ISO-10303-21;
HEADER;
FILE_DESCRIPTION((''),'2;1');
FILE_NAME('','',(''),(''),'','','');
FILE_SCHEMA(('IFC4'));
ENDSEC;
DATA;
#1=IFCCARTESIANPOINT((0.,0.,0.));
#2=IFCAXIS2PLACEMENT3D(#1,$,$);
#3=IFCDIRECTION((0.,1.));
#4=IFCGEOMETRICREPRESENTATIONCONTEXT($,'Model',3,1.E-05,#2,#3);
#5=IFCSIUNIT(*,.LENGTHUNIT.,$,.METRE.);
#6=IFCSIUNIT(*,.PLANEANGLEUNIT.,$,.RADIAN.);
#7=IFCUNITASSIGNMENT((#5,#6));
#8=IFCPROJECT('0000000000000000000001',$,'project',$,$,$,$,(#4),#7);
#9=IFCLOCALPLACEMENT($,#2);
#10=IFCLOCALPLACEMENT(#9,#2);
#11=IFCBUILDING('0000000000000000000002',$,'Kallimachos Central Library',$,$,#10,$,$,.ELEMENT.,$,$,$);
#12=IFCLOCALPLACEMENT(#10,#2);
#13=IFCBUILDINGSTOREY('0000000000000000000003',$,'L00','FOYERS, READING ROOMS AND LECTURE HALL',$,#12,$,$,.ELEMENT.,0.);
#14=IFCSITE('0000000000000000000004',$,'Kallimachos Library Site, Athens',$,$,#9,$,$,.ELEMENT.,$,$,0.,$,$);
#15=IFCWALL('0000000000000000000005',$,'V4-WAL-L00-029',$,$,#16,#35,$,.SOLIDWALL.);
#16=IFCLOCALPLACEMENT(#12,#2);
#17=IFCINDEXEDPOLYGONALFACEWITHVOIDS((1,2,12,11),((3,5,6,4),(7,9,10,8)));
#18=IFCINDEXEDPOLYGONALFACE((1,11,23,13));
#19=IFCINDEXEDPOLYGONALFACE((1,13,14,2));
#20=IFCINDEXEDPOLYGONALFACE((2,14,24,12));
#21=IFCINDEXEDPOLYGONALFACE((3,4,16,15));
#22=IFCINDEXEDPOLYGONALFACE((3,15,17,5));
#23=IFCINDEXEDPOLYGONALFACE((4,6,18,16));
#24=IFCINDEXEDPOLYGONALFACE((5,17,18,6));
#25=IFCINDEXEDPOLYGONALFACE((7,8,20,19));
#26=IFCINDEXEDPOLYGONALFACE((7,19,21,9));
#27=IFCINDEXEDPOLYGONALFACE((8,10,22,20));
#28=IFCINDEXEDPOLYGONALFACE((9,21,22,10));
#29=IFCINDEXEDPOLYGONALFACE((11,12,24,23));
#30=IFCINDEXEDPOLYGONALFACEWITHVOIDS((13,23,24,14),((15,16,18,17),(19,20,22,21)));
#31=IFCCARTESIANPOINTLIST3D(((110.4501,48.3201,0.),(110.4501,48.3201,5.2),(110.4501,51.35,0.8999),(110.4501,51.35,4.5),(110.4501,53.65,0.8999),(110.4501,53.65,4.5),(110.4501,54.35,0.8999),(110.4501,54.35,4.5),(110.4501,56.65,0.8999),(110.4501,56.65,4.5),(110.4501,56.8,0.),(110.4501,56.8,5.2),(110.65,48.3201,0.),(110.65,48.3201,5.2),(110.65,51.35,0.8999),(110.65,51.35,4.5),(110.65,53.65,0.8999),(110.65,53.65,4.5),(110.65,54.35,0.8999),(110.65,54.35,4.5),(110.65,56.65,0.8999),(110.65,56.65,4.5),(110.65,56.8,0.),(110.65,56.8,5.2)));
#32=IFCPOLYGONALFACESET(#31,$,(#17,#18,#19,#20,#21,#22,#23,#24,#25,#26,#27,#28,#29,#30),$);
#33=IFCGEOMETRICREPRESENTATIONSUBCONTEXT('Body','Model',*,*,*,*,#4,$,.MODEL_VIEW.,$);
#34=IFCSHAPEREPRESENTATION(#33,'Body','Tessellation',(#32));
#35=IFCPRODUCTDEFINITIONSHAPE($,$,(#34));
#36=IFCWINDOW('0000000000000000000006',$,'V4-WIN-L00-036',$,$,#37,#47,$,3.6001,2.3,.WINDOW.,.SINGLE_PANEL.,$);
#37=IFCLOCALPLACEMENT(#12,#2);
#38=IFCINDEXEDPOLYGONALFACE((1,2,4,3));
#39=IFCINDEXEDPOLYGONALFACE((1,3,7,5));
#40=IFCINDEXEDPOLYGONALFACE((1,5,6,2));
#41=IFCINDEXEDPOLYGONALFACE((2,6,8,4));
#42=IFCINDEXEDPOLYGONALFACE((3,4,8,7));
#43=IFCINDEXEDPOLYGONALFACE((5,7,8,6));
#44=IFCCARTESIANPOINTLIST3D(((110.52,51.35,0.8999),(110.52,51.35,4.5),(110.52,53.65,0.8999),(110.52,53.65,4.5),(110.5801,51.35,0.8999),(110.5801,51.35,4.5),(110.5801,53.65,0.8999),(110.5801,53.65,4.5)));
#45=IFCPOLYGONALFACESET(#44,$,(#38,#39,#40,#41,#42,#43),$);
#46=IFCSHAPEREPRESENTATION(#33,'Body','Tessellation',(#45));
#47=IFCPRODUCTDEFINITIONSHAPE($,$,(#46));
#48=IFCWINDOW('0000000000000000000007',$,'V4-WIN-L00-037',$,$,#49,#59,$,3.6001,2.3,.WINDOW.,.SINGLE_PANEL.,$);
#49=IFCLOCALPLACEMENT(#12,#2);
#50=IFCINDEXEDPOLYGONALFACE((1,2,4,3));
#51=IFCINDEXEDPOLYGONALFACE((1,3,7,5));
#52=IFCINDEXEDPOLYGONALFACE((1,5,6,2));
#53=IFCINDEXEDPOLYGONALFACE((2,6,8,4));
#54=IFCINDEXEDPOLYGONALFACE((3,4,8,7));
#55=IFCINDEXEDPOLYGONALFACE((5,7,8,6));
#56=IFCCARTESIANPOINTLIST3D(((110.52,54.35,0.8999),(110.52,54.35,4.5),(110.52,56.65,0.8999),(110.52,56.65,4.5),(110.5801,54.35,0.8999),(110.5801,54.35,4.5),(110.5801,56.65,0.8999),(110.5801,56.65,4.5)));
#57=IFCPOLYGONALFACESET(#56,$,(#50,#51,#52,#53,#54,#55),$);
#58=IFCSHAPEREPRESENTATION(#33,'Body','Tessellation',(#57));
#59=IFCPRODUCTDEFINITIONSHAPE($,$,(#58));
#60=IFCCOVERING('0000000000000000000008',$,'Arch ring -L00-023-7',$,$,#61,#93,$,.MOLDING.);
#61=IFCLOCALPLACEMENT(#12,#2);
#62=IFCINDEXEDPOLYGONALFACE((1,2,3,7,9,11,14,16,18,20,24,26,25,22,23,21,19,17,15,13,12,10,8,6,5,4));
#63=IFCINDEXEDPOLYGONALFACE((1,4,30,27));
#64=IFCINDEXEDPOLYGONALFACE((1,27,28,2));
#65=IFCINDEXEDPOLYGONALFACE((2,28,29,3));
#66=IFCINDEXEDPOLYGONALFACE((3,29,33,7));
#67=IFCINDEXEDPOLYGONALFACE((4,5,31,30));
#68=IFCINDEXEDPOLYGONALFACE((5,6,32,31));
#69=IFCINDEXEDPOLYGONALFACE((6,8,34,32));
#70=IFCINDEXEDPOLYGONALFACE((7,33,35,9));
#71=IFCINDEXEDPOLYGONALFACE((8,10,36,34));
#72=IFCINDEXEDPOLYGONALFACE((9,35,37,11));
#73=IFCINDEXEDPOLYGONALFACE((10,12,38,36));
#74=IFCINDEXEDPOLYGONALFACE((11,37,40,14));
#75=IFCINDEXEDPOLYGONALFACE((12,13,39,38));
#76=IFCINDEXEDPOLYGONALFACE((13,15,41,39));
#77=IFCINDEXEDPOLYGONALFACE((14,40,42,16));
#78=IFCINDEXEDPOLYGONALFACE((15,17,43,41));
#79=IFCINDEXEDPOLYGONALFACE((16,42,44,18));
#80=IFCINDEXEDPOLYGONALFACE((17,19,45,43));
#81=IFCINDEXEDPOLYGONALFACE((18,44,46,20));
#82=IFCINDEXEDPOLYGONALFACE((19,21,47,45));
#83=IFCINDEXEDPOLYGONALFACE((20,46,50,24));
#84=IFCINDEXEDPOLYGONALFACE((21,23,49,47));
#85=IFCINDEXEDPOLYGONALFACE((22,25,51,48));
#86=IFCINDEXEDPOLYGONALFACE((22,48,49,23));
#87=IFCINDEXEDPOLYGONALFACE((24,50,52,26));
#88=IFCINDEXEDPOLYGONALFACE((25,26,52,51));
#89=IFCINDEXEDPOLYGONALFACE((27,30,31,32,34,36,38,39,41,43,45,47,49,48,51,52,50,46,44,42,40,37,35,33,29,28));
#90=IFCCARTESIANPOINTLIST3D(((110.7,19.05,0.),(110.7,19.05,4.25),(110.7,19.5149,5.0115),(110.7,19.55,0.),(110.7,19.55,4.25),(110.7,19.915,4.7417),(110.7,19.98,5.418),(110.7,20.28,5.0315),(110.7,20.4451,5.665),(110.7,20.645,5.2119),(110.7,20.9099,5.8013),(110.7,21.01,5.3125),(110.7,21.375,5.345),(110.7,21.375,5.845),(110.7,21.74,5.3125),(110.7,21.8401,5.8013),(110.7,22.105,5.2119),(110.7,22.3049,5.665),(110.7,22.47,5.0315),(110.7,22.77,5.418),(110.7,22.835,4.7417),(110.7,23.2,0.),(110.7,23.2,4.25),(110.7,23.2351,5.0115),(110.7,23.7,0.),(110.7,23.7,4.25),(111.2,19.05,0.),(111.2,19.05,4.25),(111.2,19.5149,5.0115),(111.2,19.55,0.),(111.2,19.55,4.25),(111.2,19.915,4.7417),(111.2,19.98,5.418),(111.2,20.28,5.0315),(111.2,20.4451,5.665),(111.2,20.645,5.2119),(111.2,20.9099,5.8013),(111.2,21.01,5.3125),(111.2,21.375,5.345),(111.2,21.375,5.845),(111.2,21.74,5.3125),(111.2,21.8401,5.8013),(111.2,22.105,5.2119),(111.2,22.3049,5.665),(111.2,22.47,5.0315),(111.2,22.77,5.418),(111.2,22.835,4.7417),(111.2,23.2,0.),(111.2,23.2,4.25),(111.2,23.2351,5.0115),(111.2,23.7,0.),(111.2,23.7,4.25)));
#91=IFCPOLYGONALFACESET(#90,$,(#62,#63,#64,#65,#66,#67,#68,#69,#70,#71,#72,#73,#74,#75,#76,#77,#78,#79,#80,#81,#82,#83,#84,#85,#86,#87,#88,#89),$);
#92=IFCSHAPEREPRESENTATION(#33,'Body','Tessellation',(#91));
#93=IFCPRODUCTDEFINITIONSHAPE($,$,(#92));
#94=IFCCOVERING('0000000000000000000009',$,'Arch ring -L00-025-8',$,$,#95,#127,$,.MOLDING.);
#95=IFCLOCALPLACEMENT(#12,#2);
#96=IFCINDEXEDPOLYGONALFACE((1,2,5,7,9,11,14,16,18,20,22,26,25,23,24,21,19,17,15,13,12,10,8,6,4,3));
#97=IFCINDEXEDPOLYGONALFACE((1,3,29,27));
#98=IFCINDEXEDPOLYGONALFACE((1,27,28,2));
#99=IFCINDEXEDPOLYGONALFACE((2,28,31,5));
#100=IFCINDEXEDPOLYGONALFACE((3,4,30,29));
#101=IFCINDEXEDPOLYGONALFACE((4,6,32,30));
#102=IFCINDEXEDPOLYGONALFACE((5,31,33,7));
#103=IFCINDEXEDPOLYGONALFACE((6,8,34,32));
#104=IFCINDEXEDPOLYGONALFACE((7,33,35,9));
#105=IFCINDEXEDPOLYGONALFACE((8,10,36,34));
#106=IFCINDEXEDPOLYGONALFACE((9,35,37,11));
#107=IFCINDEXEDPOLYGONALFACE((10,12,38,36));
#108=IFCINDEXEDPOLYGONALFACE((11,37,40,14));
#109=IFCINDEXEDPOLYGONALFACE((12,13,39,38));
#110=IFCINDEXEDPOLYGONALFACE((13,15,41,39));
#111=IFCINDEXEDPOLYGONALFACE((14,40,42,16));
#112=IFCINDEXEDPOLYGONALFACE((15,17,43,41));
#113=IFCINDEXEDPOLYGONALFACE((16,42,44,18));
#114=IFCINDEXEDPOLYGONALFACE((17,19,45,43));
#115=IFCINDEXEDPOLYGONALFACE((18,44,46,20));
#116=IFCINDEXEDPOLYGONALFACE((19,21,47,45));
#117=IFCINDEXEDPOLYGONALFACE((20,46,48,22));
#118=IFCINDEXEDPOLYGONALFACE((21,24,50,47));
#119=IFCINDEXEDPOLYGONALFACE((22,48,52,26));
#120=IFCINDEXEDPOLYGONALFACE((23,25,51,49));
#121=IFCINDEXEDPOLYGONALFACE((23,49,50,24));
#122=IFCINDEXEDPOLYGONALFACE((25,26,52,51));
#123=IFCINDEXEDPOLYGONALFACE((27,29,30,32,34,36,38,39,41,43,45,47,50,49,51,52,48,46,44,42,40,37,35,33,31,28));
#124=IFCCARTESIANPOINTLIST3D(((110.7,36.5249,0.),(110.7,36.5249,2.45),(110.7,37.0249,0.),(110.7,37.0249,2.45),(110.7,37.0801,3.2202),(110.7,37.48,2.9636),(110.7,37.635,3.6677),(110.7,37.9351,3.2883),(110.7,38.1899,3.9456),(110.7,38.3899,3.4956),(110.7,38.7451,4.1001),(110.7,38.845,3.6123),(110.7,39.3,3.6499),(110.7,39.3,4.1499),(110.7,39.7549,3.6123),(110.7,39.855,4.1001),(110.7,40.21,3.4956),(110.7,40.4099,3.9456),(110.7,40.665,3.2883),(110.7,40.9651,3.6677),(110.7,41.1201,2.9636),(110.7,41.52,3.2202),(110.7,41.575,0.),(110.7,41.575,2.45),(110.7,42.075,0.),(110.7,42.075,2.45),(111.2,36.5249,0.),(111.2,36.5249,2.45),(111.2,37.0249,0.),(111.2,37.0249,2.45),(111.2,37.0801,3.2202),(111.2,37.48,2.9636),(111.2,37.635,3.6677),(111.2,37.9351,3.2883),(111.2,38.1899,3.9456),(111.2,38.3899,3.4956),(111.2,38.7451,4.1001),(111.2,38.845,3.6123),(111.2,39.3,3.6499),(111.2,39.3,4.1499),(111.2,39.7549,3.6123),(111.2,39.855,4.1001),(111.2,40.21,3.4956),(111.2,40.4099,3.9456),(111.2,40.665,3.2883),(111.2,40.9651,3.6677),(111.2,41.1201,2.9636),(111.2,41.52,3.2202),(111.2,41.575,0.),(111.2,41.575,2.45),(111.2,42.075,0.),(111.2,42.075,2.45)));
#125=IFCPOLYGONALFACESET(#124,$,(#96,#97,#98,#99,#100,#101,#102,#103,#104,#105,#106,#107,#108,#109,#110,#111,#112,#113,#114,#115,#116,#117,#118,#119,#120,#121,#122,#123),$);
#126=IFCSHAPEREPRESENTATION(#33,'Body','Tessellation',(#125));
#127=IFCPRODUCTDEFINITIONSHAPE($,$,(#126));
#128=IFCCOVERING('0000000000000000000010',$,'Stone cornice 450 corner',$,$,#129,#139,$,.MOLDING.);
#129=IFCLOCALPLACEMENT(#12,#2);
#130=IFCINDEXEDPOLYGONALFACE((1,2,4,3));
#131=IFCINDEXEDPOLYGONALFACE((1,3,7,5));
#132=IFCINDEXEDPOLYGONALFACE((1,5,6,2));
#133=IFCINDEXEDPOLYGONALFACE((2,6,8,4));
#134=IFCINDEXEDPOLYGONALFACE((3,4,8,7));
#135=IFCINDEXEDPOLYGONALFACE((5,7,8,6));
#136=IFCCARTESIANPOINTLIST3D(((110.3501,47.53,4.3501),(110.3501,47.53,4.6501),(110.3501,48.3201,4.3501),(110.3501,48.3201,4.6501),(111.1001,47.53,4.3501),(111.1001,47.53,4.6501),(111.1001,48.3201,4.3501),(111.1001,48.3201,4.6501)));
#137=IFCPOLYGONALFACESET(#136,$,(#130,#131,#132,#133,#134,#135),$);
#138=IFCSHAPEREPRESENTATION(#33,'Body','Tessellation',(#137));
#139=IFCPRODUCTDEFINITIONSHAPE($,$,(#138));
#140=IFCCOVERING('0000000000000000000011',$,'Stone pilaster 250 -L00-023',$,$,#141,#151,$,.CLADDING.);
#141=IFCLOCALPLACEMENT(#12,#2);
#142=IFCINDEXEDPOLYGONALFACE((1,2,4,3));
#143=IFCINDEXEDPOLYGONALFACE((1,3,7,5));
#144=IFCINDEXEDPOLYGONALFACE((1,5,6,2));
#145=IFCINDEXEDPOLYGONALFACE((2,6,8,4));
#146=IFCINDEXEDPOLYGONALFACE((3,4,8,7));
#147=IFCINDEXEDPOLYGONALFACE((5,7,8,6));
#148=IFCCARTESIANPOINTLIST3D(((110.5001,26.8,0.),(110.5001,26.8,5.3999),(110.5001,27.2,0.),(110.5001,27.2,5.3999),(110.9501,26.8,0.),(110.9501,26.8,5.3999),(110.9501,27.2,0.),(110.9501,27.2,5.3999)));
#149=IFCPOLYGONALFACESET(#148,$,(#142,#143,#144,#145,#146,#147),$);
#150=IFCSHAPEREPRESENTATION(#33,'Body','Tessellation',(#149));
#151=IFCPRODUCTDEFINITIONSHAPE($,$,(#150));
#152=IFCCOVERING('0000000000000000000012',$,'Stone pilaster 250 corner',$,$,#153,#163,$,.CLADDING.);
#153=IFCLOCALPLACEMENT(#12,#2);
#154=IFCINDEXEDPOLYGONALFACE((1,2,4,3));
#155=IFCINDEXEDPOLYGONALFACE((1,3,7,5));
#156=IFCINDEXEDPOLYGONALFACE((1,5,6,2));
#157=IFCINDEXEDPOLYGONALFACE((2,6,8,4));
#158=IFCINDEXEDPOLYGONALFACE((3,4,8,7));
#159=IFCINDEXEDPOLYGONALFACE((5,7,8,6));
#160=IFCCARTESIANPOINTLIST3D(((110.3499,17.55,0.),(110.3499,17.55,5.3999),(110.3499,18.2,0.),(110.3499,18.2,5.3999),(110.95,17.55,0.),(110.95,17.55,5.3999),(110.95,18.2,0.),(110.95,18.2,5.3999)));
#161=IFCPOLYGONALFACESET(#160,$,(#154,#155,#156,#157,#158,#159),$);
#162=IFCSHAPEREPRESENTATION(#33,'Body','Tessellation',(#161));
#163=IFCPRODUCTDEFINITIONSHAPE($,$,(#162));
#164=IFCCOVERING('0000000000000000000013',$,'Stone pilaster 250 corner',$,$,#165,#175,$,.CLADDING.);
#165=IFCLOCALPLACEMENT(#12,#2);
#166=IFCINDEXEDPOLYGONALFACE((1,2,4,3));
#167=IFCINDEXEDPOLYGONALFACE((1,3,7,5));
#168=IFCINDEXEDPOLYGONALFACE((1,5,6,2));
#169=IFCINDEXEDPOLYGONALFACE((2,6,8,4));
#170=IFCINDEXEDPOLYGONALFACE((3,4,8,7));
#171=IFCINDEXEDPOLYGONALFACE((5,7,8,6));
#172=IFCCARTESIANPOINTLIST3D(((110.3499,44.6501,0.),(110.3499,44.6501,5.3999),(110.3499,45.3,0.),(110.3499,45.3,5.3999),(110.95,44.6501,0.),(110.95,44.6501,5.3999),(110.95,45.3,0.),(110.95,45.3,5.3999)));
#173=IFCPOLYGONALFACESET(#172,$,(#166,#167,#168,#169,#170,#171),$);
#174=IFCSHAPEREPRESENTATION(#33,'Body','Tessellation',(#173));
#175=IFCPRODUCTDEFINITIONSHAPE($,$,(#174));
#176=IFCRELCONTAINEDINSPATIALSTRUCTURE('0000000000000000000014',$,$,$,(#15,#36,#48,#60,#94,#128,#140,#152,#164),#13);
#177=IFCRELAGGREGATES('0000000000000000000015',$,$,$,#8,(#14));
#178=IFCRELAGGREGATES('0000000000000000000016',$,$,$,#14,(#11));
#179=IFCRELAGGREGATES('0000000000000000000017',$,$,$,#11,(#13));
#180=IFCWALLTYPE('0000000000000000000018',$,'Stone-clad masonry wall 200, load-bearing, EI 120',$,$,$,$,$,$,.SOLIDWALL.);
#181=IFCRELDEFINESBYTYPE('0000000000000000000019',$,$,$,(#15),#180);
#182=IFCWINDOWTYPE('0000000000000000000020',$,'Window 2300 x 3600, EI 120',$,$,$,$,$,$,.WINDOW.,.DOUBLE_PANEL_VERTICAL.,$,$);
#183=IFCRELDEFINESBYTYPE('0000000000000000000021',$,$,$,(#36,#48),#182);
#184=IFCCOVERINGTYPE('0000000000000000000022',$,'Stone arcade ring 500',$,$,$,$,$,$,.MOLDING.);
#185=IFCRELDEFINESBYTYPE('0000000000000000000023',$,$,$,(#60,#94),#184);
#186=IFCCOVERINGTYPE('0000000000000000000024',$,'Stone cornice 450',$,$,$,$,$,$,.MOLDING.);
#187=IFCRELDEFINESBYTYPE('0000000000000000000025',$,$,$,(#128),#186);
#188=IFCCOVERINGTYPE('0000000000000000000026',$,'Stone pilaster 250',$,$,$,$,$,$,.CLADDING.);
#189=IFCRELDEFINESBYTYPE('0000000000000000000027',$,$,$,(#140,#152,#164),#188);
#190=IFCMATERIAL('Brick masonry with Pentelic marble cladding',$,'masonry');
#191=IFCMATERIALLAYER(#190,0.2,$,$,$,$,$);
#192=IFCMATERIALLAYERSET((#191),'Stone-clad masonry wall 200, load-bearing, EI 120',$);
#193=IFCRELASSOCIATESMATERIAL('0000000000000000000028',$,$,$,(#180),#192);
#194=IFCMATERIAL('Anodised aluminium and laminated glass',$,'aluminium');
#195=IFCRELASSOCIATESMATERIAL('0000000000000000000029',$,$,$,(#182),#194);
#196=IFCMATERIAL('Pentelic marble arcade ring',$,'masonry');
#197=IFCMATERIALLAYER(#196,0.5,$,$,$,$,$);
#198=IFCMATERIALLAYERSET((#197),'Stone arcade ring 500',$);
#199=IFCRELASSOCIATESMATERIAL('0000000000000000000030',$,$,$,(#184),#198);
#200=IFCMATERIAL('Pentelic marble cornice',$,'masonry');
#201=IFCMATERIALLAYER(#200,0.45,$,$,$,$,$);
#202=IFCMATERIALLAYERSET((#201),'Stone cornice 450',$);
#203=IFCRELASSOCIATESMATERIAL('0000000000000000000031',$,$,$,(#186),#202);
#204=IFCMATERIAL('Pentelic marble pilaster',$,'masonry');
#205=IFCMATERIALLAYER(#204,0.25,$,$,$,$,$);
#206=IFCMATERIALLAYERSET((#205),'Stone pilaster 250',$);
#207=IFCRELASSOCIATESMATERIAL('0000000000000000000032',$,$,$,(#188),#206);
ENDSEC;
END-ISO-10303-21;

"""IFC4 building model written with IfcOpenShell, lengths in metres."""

from ifc_helpers import new_model, si_unit, direction, frame, frame_2d, origin, origin_2d, place, context, subcontext, project, spatial, polyline, rectangle, outline, extrude, material, layer, layer_set, type_object, element, fill, save


model = new_model("IFC4")

# Units and contexts
model_context = context("Model", 3, precision=1e-05, world=origin(), true_north=direction((0.0, 1.0)))
body_context = subcontext(model_context, "Body", "Model", "MODEL_VIEW")
ifc_project = project(units=[si_unit("LENGTHUNIT", "METRE"), si_unit("PLANEANGLEUNIT", "RADIAN")], contexts=[model_context])

# Site, building, storey
site_placement = place(None, origin())
site = spatial("IfcSite", under=ifc_project, at=site_placement, Name="Kallimachos Library Site, Athens", CompositionType="ELEMENT", RefElevation=0.0)
building_placement = place(site_placement, origin())
building = spatial("IfcBuilding", under=site, at=building_placement, Name="Kallimachos Central Library", CompositionType="ELEMENT")
storey_placement = place(building_placement, origin())
storey = spatial("IfcBuildingStorey", under=building, at=storey_placement, Name="L00", Description="FOYERS, READING ROOMS AND LECTURE HALL", CompositionType="ELEMENT", Elevation=0.0)

# Wall, openings, windows
ifc_material_1 = material(Name="Brick masonry with Pentelic marble cladding", Category="masonry")
ifc_layer_1 = layer(ifc_material_1, 0.2)
ifc_layer_set_1 = layer_set([ifc_layer_1], Name="Stone-clad masonry wall 200, load-bearing, EI 120")
wall_type_1 = type_object("IfcWallType", Name="Stone-clad masonry wall 200, load-bearing, EI 120", PredefinedType="SOLIDWALL", material=ifc_layer_set_1)
wall_1_placement = place(storey_placement, frame((110.55, 48.3201, 0.0), z_axis=(0.0, 0.0, 1.0), x_axis=(0.0, 1.0, 0.0)))
wall_1 = element("IfcWall", 1, at=wall_1_placement, inside=storey, type_object=wall_type_1, Name="V4-WAL-L00-029", PredefinedType="SOLIDWALL", context=body_context, shape_type="SweptSolid", body=[
    extrude(rectangle(XDim=8.48, YDim=0.2, at=frame_2d((4.24, 0.0))), origin(), (0.0, 0.0, 1.0), 5.2),
])
opening_1_placement = place(wall_1_placement, frame((3.03, 0.0, 0.8999)))
opening_1 = element("IfcOpeningElement", 2, at=opening_1_placement, cuts=wall_1, PredefinedType="OPENING", context=body_context, shape_type="SweptSolid", body=[
    extrude(rectangle(XDim=2.3, YDim=3.6001, at=frame_2d((1.1499, 1.8))), frame((0.0, 0.1099, 0.0), z_axis=(0.0, -1.0, 0.0), x_axis=(1.0, 0.0, 0.0)), (0.0, 0.0, 1.0), 0.22),
])
opening_2_placement = place(wall_1_placement, frame((6.03, 0.0, 0.8999)))
opening_2 = element("IfcOpeningElement", 3, at=opening_2_placement, cuts=wall_1, PredefinedType="OPENING", context=body_context, shape_type="SweptSolid", body=[
    extrude(rectangle(XDim=2.3, YDim=3.6001, at=frame_2d((1.1499, 1.8))), frame((0.0, 0.1099, 0.0), z_axis=(0.0, -1.0, 0.0), x_axis=(1.0, 0.0, 0.0)), (0.0, 0.0, 1.0), 0.22),
])
ifc_material_2 = material(Name="Anodised aluminium and laminated glass", Category="aluminium")
window_type = type_object("IfcWindowType", Name="Window 2300 x 3600, EI 120", PartitioningType="DOUBLE_PANEL_VERTICAL", PredefinedType="WINDOW", material=ifc_material_2)
window_1_placement = place(opening_1_placement, origin())
window_1 = element("IfcWindow", 4, at=window_1_placement, inside=storey, type_object=window_type, Name="V4-WIN-L00-036", OverallHeight=3.6001, OverallWidth=2.3, PartitioningType="SINGLE_PANEL", PredefinedType="WINDOW", context=body_context, shape_type="SweptSolid", body=[
    extrude(rectangle(XDim=2.3, YDim=3.6001, at=frame_2d((1.1499, 1.8))), frame((0.0, 0.03, 0.0), z_axis=(0.0, -1.0, 0.0), x_axis=(1.0, 0.0, 0.0)), (0.0, 0.0, 1.0), 0.0601),
])
fill(opening_1, window_1)
window_2_placement = place(opening_2_placement, origin())
window_2 = element("IfcWindow", 5, at=window_2_placement, inside=storey, type_object=window_type, Name="V4-WIN-L00-037", OverallHeight=3.6001, OverallWidth=2.3, PartitioningType="SINGLE_PANEL", PredefinedType="WINDOW", context=body_context, shape_type="SweptSolid", body=[
    extrude(rectangle(XDim=2.3, YDim=3.6001, at=frame_2d((1.1499, 1.8))), frame((0.0, 0.03, 0.0), z_axis=(0.0, -1.0, 0.0), x_axis=(1.0, 0.0, 0.0)), (0.0, 0.0, 1.0), 0.0601),
])
fill(opening_2, window_2)

# Coverings
ifc_material_3 = material(Name="Pentelic marble arcade ring", Category="masonry")
ifc_layer_2 = layer(ifc_material_3, 0.5)
ifc_layer_set_2 = layer_set([ifc_layer_2], Name="Stone arcade ring 500")
covering_type_1 = type_object("IfcCoveringType", Name="Stone arcade ring 500", PredefinedType="MOLDING", material=ifc_layer_set_2)
covering_1_placement = place(storey_placement, frame((111.2, 19.55, 0.0), z_axis=(1.0, 0.0, 0.0), x_axis=(0.0, 0.0, 1.0)))
element("IfcCovering", 6, at=covering_1_placement, inside=storey, type_object=covering_type_1, Name="Arch ring -L00-023-7", PredefinedType="MOLDING", context=body_context, shape_type="SweptSolid", body=[
    extrude(outline(polyline([(0.0, 0.0), (4.25, 0.0), (4.7417, -0.365), (5.0315, -0.73), (5.2119, -1.095), (5.3125, -1.46), (5.345, -1.825), (5.3125, -2.1899), (5.2119, -2.5549), (5.0315, -2.9199), (4.7417, -3.2849), (4.25, -3.6499), (0.0, -3.6499), (0.0, -4.1499), (4.25, -4.1499), (5.0115, -3.6851), (5.418, -3.22), (5.665, -2.7549), (5.8013, -2.29), (5.845, -1.825), (5.8013, -1.3599), (5.665, -0.895), (5.418, -0.4299), (5.0115, 0.0352), (4.25, 0.5), (0.0, 0.5), (0.0, 0.0)])), origin(), (0.0, 0.0, -1.0), 0.5),
])
covering_2_placement = place(storey_placement, frame((111.2, 37.0249, 0.0), z_axis=(1.0, 0.0, 0.0), x_axis=(0.0, 0.0, 1.0)))
element("IfcCovering", 7, at=covering_2_placement, inside=storey, type_object=covering_type_1, Name="Arch ring -L00-025-8", PredefinedType="MOLDING", context=body_context, shape_type="SweptSolid", body=[
    extrude(outline(polyline([(0.0, 0.0), (2.45, 0.0), (2.9636, -0.4551), (3.2883, -0.9102), (3.4956, -1.365), (3.6123, -1.8201), (3.6499, -2.2751), (3.6123, -2.73), (3.4956, -3.1851), (3.2883, -3.6401), (2.9636, -4.0952), (2.45, -4.55), (0.0, -4.55), (0.0, -5.05), (2.45, -5.05), (3.2202, -4.4951), (3.6677, -3.9402), (3.9456, -3.385), (4.1001, -2.8301), (4.1499, -2.2751), (4.1001, -1.7202), (3.9456, -1.165), (3.6677, -0.6101), (3.2202, -0.0552), (2.45, 0.5), (0.0, 0.5), (0.0, 0.0)])), origin(), (0.0, 0.0, -1.0), 0.5),
])
ifc_material_4 = material(Name="Pentelic marble cornice", Category="masonry")
ifc_layer_3 = layer(ifc_material_4, 0.45)
ifc_layer_set_3 = layer_set([ifc_layer_3], Name="Stone cornice 450")
covering_type_2 = type_object("IfcCoveringType", Name="Stone cornice 450", PredefinedType="MOLDING", material=ifc_layer_set_3)
covering_3_placement = place(storey_placement, frame((110.7251, 47.925, 4.3501), z_axis=(0.0, 0.0, 1.0), x_axis=(1.0, 0.0, 0.0)))
element("IfcCovering", 8, at=covering_3_placement, inside=storey, type_object=covering_type_2, Name="Stone cornice 450 corner", PredefinedType="MOLDING", context=body_context, shape_type="SweptSolid", body=[
    extrude(rectangle(XDim=0.75, YDim=0.79, at=origin_2d()), origin(), (0.0, 0.0, 1.0), 0.3),
])
ifc_material_5 = material(Name="Pentelic marble pilaster", Category="masonry")
ifc_layer_4 = layer(ifc_material_5, 0.25)
ifc_layer_set_4 = layer_set([ifc_layer_4], Name="Stone pilaster 250")
covering_type_3 = type_object("IfcCoveringType", Name="Stone pilaster 250", PredefinedType="CLADDING", material=ifc_layer_set_4)
covering_4_placement = place(storey_placement, frame((110.7251, 27.0, 0.0), z_axis=(0.0, 0.0, 1.0), x_axis=(1.0, 0.0, 0.0)))
element("IfcCovering", 9, at=covering_4_placement, inside=storey, type_object=covering_type_3, Name="Stone pilaster 250 -L00-023", PredefinedType="CLADDING", context=body_context, shape_type="SweptSolid", body=[
    extrude(rectangle(XDim=0.45, YDim=0.3999, at=origin_2d()), origin(), (0.0, 0.0, 1.0), 5.3999),
])
for number, where, z_axis, x_axis, name in (
    (10, (110.6499, 17.875, 0.0), (0.0, 0.0, 1.0), (1.0, 0.0, 0.0), "Stone pilaster 250 corner"),
    (11, (110.6499, 44.9751, 0.0), (0.0, 0.0, 1.0), (1.0, 0.0, 0.0), "Stone pilaster 250 corner"),
):
    element("IfcCovering", number, at=place(storey_placement, frame(where, z_axis=z_axis, x_axis=x_axis)), inside=storey, type_object=covering_type_3, Name=name, PredefinedType="CLADDING", context=body_context, shape_type="SweptSolid", body=[
        extrude(rectangle(XDim=0.6001, YDim=0.6499, at=origin_2d()), origin(), (0.0, 0.0, 1.0), 5.3999),
    ])

save(model, "model.ifc")
